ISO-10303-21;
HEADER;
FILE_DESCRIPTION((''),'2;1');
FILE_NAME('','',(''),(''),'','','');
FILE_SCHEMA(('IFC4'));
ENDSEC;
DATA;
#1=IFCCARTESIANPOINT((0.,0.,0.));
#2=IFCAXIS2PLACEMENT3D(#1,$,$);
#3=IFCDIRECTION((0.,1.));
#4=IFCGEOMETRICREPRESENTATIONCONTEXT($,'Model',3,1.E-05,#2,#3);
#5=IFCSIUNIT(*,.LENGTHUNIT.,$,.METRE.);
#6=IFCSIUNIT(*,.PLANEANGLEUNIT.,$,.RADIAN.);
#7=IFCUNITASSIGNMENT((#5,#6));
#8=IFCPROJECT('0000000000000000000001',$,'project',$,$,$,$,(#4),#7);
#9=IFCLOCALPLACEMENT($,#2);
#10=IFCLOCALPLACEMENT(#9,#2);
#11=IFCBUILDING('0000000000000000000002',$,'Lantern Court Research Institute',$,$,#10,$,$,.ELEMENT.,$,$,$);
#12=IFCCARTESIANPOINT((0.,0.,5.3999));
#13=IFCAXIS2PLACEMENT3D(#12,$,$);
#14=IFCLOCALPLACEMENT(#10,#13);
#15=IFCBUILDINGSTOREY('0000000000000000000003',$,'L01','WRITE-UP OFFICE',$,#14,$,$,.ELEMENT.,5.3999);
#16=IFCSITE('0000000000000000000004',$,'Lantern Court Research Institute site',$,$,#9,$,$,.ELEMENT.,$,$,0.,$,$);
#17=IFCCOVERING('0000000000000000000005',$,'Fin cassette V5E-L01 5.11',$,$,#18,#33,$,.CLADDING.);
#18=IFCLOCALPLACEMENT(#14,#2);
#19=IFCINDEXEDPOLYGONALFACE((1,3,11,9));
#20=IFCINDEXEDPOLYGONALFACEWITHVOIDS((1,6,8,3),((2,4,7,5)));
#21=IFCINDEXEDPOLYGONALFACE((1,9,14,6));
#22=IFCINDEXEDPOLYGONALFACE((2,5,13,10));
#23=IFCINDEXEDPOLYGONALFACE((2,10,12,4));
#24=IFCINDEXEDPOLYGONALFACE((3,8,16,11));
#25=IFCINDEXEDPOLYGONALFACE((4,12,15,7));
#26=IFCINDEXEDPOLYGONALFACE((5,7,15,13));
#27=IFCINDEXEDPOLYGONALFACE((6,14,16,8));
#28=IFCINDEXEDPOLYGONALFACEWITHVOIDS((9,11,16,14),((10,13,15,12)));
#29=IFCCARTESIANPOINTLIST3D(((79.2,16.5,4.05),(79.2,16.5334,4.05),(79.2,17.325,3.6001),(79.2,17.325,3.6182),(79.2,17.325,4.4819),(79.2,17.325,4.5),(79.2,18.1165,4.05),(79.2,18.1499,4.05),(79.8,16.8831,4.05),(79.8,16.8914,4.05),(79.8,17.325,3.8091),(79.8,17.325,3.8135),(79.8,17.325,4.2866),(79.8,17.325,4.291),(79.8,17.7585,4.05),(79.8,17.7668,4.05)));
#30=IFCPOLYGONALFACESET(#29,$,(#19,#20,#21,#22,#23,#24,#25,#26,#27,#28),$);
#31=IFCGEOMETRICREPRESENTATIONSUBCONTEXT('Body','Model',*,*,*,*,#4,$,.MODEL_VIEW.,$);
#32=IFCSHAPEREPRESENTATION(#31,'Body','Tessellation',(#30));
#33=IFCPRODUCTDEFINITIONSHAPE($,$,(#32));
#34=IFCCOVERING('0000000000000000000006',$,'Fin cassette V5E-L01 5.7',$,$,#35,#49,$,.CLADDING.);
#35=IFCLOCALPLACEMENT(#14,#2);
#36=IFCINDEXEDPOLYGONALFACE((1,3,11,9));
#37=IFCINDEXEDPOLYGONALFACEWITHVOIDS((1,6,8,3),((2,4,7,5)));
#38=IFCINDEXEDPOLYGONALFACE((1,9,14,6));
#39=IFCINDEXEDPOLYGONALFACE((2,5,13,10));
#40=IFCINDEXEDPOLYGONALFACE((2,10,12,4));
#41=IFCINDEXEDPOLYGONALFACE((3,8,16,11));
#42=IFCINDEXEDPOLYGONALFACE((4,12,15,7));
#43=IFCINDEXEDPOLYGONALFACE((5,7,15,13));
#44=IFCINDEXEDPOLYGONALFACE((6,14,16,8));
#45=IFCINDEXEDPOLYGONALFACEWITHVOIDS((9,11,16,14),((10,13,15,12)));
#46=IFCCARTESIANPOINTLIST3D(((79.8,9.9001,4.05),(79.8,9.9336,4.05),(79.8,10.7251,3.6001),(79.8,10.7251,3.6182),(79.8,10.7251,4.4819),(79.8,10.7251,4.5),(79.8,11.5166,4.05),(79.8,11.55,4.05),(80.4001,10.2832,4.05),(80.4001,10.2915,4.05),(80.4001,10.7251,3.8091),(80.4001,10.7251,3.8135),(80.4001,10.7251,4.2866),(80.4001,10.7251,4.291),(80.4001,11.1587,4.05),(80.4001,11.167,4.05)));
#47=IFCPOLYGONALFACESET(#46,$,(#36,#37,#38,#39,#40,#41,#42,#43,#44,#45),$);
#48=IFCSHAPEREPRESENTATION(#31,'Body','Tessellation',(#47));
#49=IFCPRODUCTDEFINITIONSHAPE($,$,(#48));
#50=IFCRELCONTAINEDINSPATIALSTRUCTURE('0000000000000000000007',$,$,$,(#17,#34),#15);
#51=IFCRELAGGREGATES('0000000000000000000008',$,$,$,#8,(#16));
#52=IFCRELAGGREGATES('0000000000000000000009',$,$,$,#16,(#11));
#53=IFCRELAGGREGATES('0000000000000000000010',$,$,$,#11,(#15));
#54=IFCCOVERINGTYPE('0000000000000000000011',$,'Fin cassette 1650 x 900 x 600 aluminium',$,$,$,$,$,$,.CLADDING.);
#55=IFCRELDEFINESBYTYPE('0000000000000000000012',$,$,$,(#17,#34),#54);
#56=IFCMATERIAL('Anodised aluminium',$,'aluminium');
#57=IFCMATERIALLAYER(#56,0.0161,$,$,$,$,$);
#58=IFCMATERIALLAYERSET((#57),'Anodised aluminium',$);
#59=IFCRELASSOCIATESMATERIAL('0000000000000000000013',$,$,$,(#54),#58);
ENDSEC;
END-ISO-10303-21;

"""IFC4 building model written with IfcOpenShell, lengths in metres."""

from ifc_helpers import new_model, entity, si_unit, direction, frame, origin, place, context, subcontext, project, spatial, material, layer, layer_set, type_object, element, save


model = new_model("IFC4")

# Units and contexts
model_context = context("Model", 3, precision=1e-05, world=origin(), true_north=direction((0.0, 1.0)))
body_context = subcontext(model_context, "Body", "Model", "MODEL_VIEW")
ifc_project = project(units=[si_unit("LENGTHUNIT", "METRE"), si_unit("PLANEANGLEUNIT", "RADIAN")], contexts=[model_context])

# Site, building, storey
site_placement = place(None, origin())
site = spatial("IfcSite", under=ifc_project, at=site_placement, Name="Lantern Court Research Institute site", CompositionType="ELEMENT", RefElevation=0.0)
building_placement = place(site_placement, origin())
building = spatial("IfcBuilding", under=site, at=building_placement, Name="Lantern Court Research Institute", CompositionType="ELEMENT")
storey_placement = place(building_placement, frame((0.0, 0.0, 5.3999)))
storey = spatial("IfcBuildingStorey", under=building, at=storey_placement, Name="L01", Description="WRITE-UP OFFICE", CompositionType="ELEMENT", Elevation=5.3999)

# Coverings
ifc_material_1 = material(Name="Anodised aluminium", Category="aluminium")
ifc_layer_1 = layer(ifc_material_1, 0.0161)
ifc_layer_set_1 = layer_set([ifc_layer_1], Name="Anodised aluminium")
covering_type = type_object("IfcCoveringType", Name="Fin cassette 1650 x 900 x 600 aluminium", PredefinedType="CLADDING", material=ifc_layer_set_1)
covering_1_placement = place(storey_placement, frame((79.2, 17.325, 4.05), z_axis=(1.0, 0.0, 0.0), x_axis=(0.0, 1.0, 0.0)))
cartesian_point_1 = entity("IfcCartesianPoint", [0.825, 0.0])
cartesian_point_2 = entity("IfcCartesianPoint", [0.7915, 0.0])
cartesian_point_3 = entity("IfcCartesianPoint", [0.4419, 0.0])
cartesian_point_4 = entity("IfcCartesianPoint", [0.4336, 0.0])
element("IfcCovering", 1, at=covering_1_placement, inside=storey, type_object=covering_type, Name="Fin cassette V5E-L01 5.11", PredefinedType="CLADDING", context=body_context, shape_type="SweptSolid", body=[
    entity("IfcExtrudedAreaSolidTapered", entity("IfcArbitraryProfileDefWithVoids", "AREA", None, entity("IfcPolyline", [cartesian_point_1, entity("IfcCartesianPoint", [0.0, 0.45]), entity("IfcCartesianPoint", [-0.825, 0.0]), entity("IfcCartesianPoint", [0.0, -0.45]), cartesian_point_1]), [entity("IfcPolyline", [cartesian_point_2, entity("IfcCartesianPoint", [0.0, 0.4319]), entity("IfcCartesianPoint", [-0.7915, 0.0]), entity("IfcCartesianPoint", [0.0, -0.4319]), cartesian_point_2])]), entity("IfcAxis2Placement3D", entity("IfcCartesianPoint", [0.0, 0.0, 0.0])), entity("IfcDirection", [0.0, 0.0, 1.0]), 0.6001, entity("IfcArbitraryProfileDefWithVoids", "AREA", None, entity("IfcPolyline", [cartesian_point_3, entity("IfcCartesianPoint", [0.0, 0.241]), entity("IfcCartesianPoint", [-0.4419, 0.0]), entity("IfcCartesianPoint", [0.0, -0.241]), cartesian_point_3]), [entity("IfcPolyline", [cartesian_point_4, entity("IfcCartesianPoint", [0.0, 0.2366]), entity("IfcCartesianPoint", [-0.4336, 0.0]), entity("IfcCartesianPoint", [0.0, -0.2366]), cartesian_point_4])])),
])
covering_2_placement = place(storey_placement, frame((79.8, 10.7251, 4.05), z_axis=(1.0, 0.0, 0.0), x_axis=(0.0, 1.0, 0.0)))
cartesian_point_5 = entity("IfcCartesianPoint", [0.825, 0.0])
cartesian_point_6 = entity("IfcCartesianPoint", [0.7915, 0.0])
cartesian_point_7 = entity("IfcCartesianPoint", [0.4419, 0.0])
cartesian_point_8 = entity("IfcCartesianPoint", [0.4336, 0.0])
element("IfcCovering", 2, at=covering_2_placement, inside=storey, type_object=covering_type, Name="Fin cassette V5E-L01 5.7", PredefinedType="CLADDING", context=body_context, shape_type="SweptSolid", body=[
    entity("IfcExtrudedAreaSolidTapered", entity("IfcArbitraryProfileDefWithVoids", "AREA", None, entity("IfcPolyline", [cartesian_point_5, entity("IfcCartesianPoint", [0.0, 0.45]), entity("IfcCartesianPoint", [-0.825, 0.0]), entity("IfcCartesianPoint", [0.0, -0.45]), cartesian_point_5]), [entity("IfcPolyline", [cartesian_point_6, entity("IfcCartesianPoint", [0.0, 0.4319]), entity("IfcCartesianPoint", [-0.7915, 0.0]), entity("IfcCartesianPoint", [0.0, -0.4319]), cartesian_point_6])]), entity("IfcAxis2Placement3D", entity("IfcCartesianPoint", [0.0, 0.0, 0.0])), entity("IfcDirection", [0.0, 0.0, 1.0]), 0.6001, entity("IfcArbitraryProfileDefWithVoids", "AREA", None, entity("IfcPolyline", [cartesian_point_7, entity("IfcCartesianPoint", [0.0, 0.241]), entity("IfcCartesianPoint", [-0.4419, 0.0]), entity("IfcCartesianPoint", [0.0, -0.241]), cartesian_point_7]), [entity("IfcPolyline", [cartesian_point_8, entity("IfcCartesianPoint", [0.0, 0.2366]), entity("IfcCartesianPoint", [-0.4336, 0.0]), entity("IfcCartesianPoint", [0.0, -0.2366]), cartesian_point_8])])),
])

save(model, "model.ifc")
